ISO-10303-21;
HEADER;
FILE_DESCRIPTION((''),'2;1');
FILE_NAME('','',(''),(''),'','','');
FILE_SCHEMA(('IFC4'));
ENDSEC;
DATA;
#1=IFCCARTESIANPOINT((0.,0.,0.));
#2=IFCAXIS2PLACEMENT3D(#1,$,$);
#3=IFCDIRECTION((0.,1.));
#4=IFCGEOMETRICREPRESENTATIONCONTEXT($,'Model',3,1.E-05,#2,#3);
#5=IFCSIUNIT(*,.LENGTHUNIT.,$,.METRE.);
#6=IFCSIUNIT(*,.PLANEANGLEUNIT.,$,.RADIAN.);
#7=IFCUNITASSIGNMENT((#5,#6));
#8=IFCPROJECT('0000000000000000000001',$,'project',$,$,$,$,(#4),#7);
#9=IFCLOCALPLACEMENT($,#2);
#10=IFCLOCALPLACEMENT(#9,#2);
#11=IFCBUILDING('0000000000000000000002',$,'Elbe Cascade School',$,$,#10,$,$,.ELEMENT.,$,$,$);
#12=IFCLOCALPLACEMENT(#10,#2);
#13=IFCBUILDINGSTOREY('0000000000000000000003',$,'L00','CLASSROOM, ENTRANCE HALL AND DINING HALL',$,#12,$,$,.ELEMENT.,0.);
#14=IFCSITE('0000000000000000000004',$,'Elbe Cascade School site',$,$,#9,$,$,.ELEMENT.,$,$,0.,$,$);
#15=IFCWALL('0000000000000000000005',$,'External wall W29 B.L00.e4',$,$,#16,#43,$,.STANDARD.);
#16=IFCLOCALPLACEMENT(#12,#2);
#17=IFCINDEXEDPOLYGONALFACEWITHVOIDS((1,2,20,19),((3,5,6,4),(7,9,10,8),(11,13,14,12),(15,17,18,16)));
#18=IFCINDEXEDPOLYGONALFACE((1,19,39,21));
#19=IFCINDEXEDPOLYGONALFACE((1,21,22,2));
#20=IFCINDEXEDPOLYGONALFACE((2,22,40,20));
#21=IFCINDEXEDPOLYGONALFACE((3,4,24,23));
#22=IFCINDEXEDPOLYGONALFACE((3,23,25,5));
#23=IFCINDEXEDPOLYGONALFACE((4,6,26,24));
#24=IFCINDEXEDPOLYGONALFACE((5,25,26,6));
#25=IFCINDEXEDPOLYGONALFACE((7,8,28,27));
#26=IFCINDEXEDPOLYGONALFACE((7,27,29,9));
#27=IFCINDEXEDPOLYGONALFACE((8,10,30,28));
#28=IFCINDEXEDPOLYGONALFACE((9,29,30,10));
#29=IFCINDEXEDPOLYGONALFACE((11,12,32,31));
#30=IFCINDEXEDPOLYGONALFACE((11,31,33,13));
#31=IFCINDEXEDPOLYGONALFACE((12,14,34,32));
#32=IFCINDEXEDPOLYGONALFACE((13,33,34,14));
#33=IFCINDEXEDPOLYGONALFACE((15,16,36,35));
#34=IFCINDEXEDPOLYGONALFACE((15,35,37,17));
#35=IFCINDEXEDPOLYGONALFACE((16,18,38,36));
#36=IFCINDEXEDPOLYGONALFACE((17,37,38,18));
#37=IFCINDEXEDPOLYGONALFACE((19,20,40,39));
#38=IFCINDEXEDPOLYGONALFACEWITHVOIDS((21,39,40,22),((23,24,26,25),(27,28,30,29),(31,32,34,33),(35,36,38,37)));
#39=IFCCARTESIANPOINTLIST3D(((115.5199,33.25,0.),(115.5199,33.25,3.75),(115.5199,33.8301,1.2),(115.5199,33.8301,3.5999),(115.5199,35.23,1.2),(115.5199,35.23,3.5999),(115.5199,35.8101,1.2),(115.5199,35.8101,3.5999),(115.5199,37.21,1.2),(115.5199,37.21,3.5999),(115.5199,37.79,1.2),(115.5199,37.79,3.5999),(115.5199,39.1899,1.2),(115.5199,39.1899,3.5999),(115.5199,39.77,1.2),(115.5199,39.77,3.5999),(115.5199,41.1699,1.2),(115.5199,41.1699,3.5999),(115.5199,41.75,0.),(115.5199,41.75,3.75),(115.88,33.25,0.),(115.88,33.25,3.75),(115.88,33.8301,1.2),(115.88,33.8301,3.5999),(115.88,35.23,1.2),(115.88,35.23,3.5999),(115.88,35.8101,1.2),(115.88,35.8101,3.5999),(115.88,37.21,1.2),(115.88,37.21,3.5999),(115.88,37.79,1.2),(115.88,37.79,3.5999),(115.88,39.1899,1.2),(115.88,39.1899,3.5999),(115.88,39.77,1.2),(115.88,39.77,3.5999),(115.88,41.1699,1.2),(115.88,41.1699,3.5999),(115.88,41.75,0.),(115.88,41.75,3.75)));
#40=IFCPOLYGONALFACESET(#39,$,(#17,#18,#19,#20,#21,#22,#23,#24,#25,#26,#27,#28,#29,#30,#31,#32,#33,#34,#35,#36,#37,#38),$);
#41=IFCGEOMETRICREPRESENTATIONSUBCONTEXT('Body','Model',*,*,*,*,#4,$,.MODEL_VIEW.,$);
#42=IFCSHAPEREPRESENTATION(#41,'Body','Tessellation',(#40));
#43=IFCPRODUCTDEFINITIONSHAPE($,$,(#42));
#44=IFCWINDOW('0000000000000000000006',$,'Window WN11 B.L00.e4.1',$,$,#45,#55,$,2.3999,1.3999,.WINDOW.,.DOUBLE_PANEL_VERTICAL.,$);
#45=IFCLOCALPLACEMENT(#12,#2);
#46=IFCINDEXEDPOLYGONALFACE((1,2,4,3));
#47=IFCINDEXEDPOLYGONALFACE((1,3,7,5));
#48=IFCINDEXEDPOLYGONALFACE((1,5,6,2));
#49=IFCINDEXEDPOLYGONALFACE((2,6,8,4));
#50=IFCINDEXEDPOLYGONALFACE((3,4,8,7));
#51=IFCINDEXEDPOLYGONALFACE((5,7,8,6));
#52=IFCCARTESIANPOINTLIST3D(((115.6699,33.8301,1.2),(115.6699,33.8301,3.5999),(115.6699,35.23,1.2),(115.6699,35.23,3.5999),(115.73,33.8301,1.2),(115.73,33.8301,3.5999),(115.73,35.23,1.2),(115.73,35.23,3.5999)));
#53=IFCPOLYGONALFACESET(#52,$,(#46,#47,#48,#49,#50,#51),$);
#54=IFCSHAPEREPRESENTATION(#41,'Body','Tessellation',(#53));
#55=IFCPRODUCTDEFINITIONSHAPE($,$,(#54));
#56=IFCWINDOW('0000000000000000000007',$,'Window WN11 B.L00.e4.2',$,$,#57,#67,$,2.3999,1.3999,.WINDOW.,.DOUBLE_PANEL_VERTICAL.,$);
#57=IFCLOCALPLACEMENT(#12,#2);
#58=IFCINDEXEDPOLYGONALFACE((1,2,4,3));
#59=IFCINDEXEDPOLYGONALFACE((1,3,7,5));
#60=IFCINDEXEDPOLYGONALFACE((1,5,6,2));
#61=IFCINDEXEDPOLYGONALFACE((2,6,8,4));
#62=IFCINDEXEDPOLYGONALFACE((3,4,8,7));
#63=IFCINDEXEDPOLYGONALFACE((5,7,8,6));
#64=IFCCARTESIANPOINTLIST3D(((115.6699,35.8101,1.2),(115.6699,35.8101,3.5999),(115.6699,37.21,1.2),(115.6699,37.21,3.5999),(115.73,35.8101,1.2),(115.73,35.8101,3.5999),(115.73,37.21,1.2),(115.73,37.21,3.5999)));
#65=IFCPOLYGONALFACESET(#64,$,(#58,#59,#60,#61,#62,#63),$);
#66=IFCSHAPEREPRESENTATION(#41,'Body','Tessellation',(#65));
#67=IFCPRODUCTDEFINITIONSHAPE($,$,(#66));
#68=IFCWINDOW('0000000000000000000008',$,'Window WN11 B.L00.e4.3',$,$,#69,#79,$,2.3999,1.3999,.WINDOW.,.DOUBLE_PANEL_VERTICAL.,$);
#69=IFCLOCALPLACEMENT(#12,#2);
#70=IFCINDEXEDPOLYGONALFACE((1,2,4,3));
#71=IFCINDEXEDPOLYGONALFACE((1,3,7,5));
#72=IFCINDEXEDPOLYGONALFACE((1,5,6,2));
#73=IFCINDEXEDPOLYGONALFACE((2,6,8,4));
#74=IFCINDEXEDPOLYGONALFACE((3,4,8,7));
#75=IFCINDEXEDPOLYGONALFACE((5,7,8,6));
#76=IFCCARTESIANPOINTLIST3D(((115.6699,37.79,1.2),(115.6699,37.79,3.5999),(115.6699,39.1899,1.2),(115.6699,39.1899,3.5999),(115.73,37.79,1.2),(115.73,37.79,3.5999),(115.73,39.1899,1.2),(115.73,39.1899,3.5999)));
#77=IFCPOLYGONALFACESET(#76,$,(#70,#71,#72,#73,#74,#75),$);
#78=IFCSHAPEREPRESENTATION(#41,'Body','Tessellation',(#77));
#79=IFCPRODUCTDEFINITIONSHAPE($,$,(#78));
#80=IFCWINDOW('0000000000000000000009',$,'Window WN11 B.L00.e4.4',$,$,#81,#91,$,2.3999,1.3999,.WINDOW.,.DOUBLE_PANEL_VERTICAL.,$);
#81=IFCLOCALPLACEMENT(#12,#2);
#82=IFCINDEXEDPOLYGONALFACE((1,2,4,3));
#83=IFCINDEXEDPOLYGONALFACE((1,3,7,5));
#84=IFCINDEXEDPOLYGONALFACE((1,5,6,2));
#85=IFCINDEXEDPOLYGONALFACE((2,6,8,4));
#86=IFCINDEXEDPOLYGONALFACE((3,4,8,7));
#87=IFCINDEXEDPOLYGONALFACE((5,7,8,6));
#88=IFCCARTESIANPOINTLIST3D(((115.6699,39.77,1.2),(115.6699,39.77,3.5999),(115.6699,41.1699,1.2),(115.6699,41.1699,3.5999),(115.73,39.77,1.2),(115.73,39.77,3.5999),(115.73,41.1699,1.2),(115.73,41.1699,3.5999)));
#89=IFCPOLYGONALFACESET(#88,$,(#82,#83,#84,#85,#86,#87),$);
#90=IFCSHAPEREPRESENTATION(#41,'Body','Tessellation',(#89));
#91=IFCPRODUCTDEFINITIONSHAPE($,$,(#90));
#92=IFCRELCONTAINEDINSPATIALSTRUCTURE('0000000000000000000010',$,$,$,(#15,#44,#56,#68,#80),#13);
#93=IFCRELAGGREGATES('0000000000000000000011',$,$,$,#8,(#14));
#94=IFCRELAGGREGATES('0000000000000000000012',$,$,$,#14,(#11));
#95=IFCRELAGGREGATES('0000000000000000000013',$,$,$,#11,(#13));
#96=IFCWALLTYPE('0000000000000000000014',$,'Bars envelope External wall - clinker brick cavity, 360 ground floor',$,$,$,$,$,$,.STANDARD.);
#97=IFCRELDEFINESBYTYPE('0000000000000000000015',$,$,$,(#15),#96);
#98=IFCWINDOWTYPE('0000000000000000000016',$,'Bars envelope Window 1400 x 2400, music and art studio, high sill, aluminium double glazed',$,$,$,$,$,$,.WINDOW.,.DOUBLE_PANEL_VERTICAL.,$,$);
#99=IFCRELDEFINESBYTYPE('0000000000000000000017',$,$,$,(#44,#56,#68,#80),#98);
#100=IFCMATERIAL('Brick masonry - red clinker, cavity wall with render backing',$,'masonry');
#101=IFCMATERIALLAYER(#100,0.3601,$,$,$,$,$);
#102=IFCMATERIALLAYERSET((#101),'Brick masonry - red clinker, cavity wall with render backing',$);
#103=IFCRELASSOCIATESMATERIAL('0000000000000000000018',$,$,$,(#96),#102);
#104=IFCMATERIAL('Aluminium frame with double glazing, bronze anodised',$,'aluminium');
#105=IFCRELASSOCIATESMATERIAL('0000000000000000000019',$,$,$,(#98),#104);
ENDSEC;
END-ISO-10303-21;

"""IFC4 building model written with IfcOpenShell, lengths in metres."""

from ifc_helpers import new_model, si_unit, direction, frame, frame_2d, origin, place, context, subcontext, project, spatial, rectangle, extrude, material, layer, layer_set, type_object, element, fill, save


model = new_model("IFC4")

# Units and contexts
model_context = context("Model", 3, precision=1e-05, world=origin(), true_north=direction((0.0, 1.0)))
body_context = subcontext(model_context, "Body", "Model", "MODEL_VIEW")
ifc_project = project(units=[si_unit("LENGTHUNIT", "METRE"), si_unit("PLANEANGLEUNIT", "RADIAN")], contexts=[model_context])

# Site, building, storey
site_placement = place(None, origin())
site = spatial("IfcSite", under=ifc_project, at=site_placement, Name="Elbe Cascade School site", CompositionType="ELEMENT", RefElevation=0.0)
building_placement = place(site_placement, origin())
building = spatial("IfcBuilding", under=site, at=building_placement, Name="Elbe Cascade School", CompositionType="ELEMENT")
storey_placement = place(building_placement, origin())
storey = spatial("IfcBuildingStorey", under=building, at=storey_placement, Name="L00", Description="CLASSROOM, ENTRANCE HALL AND DINING HALL", CompositionType="ELEMENT", Elevation=0.0)

# Wall, openings, windows
ifc_material_1 = material(Name="Brick masonry - red clinker, cavity wall with render backing", Category="masonry")
ifc_layer_1 = layer(ifc_material_1, 0.3601)
ifc_layer_set_1 = layer_set([ifc_layer_1], Name="Brick masonry - red clinker, cavity wall with render backing")
wall_type_1 = type_object("IfcWallType", Name="Bars envelope External wall - clinker brick cavity, 360 ground floor", PredefinedType="STANDARD", material=ifc_layer_set_1)
wall_1_placement = place(storey_placement, frame((115.7, 41.75, 0.0), z_axis=(0.0, 0.0, 1.0), x_axis=(0.0, -1.0, 0.0)))
wall_1 = element("IfcWall", 1, at=wall_1_placement, inside=storey, type_object=wall_type_1, Name="External wall W29 B.L00.e4", PredefinedType="STANDARD", context=body_context, shape_type="SweptSolid", body=[
    extrude(rectangle(XDim=8.5, YDim=0.3601, at=frame_2d((4.25, 0.0))), origin(), (0.0, 0.0, 1.0), 3.75),
])
opening_1_placement = place(wall_1_placement, frame((6.52, 0.0, 1.2)))
opening_1 = element("IfcOpeningElement", 2, at=opening_1_placement, cuts=wall_1, PredefinedType="OPENING", context=body_context, shape_type="SweptSolid", body=[
    extrude(rectangle(XDim=1.3999, YDim=2.3999, at=frame_2d((0.7, 1.2))), frame((0.0, 0.1899, 0.0), z_axis=(0.0, -1.0, 0.0), x_axis=(1.0, 0.0, 0.0)), (0.0, 0.0, 1.0), 0.3801),
])
opening_2_placement = place(wall_1_placement, frame((4.54, 0.0, 1.2)))
opening_2 = element("IfcOpeningElement", 3, at=opening_2_placement, cuts=wall_1, PredefinedType="OPENING", context=body_context, shape_type="SweptSolid", body=[
    extrude(rectangle(XDim=1.3999, YDim=2.3999, at=frame_2d((0.7, 1.2))), frame((0.0, 0.1899, 0.0), z_axis=(0.0, -1.0, 0.0), x_axis=(1.0, 0.0, 0.0)), (0.0, 0.0, 1.0), 0.3801),
])
opening_3_placement = place(wall_1_placement, frame((2.5601, 0.0, 1.2)))
opening_3 = element("IfcOpeningElement", 4, at=opening_3_placement, cuts=wall_1, PredefinedType="OPENING", context=body_context, shape_type="SweptSolid", body=[
    extrude(rectangle(XDim=1.3999, YDim=2.3999, at=frame_2d((0.7, 1.2))), frame((0.0, 0.1899, 0.0), z_axis=(0.0, -1.0, 0.0), x_axis=(1.0, 0.0, 0.0)), (0.0, 0.0, 1.0), 0.3801),
])
opening_4_placement = place(wall_1_placement, frame((0.5801, 0.0, 1.2)))
opening_4 = element("IfcOpeningElement", 5, at=opening_4_placement, cuts=wall_1, PredefinedType="OPENING", context=body_context, shape_type="SweptSolid", body=[
    extrude(rectangle(XDim=1.3999, YDim=2.3999, at=frame_2d((0.7, 1.2))), frame((0.0, 0.1899, 0.0), z_axis=(0.0, -1.0, 0.0), x_axis=(1.0, 0.0, 0.0)), (0.0, 0.0, 1.0), 0.3801),
])
ifc_material_2 = material(Name="Aluminium frame with double glazing, bronze anodised", Category="aluminium")
window_type = type_object("IfcWindowType", Name="Bars envelope Window 1400 x 2400, music and art studio, high sill, aluminium double glazed", PartitioningType="DOUBLE_PANEL_VERTICAL", PredefinedType="WINDOW", material=ifc_material_2)
window_1_placement = place(opening_1_placement, origin())
window_1 = element("IfcWindow", 6, at=window_1_placement, inside=storey, type_object=window_type, Name="Window WN11 B.L00.e4.1", OverallHeight=2.3999, OverallWidth=1.3999, PartitioningType="DOUBLE_PANEL_VERTICAL", PredefinedType="WINDOW", context=body_context, shape_type="SweptSolid", body=[
    extrude(rectangle(XDim=1.3999, YDim=2.3999, at=frame_2d((0.7, 1.2))), frame((0.0, 0.03, 0.0), z_axis=(0.0, -1.0, 0.0), x_axis=(1.0, 0.0, 0.0)), (0.0, 0.0, 1.0), 0.0601),
])
fill(opening_1, window_1)
window_2_placement = place(opening_2_placement, origin())
window_2 = element("IfcWindow", 7, at=window_2_placement, inside=storey, type_object=window_type, Name="Window WN11 B.L00.e4.2", OverallHeight=2.3999, OverallWidth=1.3999, PartitioningType="DOUBLE_PANEL_VERTICAL", PredefinedType="WINDOW", context=body_context, shape_type="SweptSolid", body=[
    extrude(rectangle(XDim=1.3999, YDim=2.3999, at=frame_2d((0.7, 1.2))), frame((0.0, 0.03, 0.0), z_axis=(0.0, -1.0, 0.0), x_axis=(1.0, 0.0, 0.0)), (0.0, 0.0, 1.0), 0.0601),
])
fill(opening_2, window_2)
window_3_placement = place(opening_3_placement, origin())
window_3 = element("IfcWindow", 8, at=window_3_placement, inside=storey, type_object=window_type, Name="Window WN11 B.L00.e4.3", OverallHeight=2.3999, OverallWidth=1.3999, PartitioningType="DOUBLE_PANEL_VERTICAL", PredefinedType="WINDOW", context=body_context, shape_type="SweptSolid", body=[
    extrude(rectangle(XDim=1.3999, YDim=2.3999, at=frame_2d((0.7, 1.2))), frame((0.0, 0.03, 0.0), z_axis=(0.0, -1.0, 0.0), x_axis=(1.0, 0.0, 0.0)), (0.0, 0.0, 1.0), 0.0601),
])
fill(opening_3, window_3)
window_4_placement = place(opening_4_placement, origin())
window_4 = element("IfcWindow", 9, at=window_4_placement, inside=storey, type_object=window_type, Name="Window WN11 B.L00.e4.4", OverallHeight=2.3999, OverallWidth=1.3999, PartitioningType="DOUBLE_PANEL_VERTICAL", PredefinedType="WINDOW", context=body_context, shape_type="SweptSolid", body=[
    extrude(rectangle(XDim=1.3999, YDim=2.3999, at=frame_2d((0.7, 1.2))), frame((0.0, 0.03, 0.0), z_axis=(0.0, -1.0, 0.0), x_axis=(1.0, 0.0, 0.0)), (0.0, 0.0, 1.0), 0.0601),
])
fill(opening_4, window_4)

save(model, "model.ifc")
